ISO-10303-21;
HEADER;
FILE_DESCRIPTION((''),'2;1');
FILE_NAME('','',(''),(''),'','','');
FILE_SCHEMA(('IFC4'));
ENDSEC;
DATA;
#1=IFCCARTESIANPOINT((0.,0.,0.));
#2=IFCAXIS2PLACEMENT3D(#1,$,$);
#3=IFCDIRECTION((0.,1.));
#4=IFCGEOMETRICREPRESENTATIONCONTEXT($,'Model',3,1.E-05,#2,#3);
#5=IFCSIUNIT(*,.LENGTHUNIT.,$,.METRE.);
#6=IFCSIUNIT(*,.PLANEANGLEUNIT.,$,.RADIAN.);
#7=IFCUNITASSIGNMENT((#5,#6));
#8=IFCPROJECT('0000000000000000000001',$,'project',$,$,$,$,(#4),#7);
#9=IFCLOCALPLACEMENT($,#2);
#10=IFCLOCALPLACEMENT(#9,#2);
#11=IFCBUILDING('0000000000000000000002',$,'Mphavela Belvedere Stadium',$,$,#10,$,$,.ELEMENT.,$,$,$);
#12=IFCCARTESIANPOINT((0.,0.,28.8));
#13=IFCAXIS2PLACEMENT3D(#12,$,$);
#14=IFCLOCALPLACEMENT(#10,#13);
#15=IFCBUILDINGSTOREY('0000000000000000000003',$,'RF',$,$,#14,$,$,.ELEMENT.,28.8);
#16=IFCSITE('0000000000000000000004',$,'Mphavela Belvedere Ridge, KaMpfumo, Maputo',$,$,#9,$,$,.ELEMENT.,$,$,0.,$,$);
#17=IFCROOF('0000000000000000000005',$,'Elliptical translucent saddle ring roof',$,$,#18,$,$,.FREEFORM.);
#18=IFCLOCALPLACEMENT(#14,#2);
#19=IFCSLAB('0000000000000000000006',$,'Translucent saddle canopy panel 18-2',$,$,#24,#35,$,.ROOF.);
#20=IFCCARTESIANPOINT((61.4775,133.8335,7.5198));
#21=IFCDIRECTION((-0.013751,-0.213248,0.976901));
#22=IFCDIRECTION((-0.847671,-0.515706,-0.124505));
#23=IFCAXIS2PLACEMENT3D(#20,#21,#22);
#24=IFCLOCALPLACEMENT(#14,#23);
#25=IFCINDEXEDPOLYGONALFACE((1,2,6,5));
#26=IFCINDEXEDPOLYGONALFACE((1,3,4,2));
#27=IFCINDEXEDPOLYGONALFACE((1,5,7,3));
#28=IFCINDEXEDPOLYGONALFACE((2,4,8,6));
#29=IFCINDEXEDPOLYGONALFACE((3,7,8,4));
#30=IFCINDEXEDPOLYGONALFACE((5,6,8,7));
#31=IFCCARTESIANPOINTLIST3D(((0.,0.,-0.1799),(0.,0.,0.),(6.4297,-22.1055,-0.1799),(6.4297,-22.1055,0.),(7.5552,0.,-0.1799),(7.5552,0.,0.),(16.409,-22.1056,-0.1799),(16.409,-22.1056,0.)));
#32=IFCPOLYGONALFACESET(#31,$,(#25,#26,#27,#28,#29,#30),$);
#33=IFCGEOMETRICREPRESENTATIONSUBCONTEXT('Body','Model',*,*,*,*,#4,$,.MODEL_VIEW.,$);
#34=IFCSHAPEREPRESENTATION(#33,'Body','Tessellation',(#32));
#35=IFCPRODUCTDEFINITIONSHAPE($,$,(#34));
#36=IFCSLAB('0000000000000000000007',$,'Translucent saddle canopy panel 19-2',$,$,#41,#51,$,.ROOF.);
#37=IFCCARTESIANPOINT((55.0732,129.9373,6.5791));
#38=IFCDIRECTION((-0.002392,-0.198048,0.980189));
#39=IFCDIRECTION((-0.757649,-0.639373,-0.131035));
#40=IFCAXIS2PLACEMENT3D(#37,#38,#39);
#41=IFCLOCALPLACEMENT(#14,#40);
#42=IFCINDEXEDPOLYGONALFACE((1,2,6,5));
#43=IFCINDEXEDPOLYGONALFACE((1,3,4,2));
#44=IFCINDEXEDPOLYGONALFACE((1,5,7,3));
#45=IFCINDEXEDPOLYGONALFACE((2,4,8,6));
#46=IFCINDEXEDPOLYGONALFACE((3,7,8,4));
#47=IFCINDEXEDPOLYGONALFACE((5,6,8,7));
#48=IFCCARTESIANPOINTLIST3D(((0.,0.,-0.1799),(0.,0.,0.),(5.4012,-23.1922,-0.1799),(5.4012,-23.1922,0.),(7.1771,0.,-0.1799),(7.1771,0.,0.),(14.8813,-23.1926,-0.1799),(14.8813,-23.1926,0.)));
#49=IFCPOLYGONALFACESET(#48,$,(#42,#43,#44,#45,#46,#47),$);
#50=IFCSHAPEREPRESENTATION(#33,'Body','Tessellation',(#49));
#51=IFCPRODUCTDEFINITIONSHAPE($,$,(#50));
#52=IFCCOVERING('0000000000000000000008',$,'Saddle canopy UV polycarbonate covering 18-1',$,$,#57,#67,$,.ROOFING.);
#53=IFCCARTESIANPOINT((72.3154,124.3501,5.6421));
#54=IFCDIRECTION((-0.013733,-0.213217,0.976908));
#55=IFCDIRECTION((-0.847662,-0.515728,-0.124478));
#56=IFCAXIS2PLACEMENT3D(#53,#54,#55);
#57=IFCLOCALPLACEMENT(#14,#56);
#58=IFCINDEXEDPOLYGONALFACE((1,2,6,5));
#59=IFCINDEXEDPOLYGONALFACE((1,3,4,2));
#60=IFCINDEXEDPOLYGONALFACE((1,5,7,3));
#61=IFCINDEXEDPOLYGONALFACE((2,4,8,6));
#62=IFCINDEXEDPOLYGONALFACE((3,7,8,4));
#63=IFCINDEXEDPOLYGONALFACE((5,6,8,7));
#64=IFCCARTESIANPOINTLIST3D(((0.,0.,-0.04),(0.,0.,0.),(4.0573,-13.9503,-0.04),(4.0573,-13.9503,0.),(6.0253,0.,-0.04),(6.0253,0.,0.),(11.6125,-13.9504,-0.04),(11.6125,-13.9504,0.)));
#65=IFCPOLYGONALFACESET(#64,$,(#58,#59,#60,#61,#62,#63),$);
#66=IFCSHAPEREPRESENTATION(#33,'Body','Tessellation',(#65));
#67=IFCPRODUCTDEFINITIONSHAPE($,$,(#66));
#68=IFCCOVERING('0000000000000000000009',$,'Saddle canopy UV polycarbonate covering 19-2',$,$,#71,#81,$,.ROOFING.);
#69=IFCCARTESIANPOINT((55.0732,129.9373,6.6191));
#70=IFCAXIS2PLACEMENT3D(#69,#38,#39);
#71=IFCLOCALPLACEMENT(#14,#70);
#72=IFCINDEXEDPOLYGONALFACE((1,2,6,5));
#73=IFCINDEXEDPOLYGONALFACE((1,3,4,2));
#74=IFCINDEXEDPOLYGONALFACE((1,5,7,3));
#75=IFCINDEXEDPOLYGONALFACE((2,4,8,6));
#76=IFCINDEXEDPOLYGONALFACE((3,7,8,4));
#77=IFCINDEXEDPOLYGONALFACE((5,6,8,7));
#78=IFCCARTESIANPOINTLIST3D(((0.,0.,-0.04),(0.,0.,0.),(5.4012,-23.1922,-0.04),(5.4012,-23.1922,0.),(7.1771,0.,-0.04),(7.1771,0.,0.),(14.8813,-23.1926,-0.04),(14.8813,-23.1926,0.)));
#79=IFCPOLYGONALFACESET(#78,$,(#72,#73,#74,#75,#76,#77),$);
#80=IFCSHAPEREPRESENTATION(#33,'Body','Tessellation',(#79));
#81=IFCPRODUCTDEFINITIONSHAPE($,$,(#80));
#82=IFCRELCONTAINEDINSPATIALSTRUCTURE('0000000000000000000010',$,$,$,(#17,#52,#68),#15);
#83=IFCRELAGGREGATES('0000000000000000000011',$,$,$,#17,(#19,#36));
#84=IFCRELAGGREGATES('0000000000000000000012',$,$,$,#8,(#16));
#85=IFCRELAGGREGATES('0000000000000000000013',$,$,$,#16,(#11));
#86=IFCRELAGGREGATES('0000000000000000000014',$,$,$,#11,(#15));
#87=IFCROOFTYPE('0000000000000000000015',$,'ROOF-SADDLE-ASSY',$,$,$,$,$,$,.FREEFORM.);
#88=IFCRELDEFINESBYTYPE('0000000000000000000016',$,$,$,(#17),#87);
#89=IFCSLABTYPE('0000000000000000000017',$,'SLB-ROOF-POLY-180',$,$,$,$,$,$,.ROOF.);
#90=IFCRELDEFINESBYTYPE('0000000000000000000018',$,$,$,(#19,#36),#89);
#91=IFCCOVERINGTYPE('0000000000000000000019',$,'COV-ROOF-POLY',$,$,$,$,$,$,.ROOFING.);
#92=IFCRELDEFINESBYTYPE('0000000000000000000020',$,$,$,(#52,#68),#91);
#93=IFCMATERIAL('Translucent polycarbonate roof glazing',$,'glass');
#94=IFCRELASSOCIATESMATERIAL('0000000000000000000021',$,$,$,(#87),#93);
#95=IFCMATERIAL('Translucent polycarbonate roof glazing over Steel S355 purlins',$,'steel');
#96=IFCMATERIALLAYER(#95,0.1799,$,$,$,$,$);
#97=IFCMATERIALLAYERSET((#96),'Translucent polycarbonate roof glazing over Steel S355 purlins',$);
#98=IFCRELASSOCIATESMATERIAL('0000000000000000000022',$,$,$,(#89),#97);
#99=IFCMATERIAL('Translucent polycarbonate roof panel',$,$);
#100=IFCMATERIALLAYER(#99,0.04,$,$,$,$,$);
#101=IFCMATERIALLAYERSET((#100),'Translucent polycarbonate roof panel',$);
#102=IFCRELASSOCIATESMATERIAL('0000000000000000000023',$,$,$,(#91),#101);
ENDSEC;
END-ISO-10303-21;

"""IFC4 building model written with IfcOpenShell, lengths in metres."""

from ifc_helpers import new_model, si_unit, direction, frame, origin, place, context, subcontext, project, spatial, polyline, outline, extrude, material, layer, layer_set, type_object, element, aggregate, save


model = new_model("IFC4")

# Units and contexts
model_context = context("Model", 3, precision=1e-05, world=origin(), true_north=direction((0.0, 1.0)))
body_context = subcontext(model_context, "Body", "Model", "MODEL_VIEW")
ifc_project = project(units=[si_unit("LENGTHUNIT", "METRE"), si_unit("PLANEANGLEUNIT", "RADIAN")], contexts=[model_context])

# Site, building, storey
site_placement = place(None, origin())
site = spatial("IfcSite", under=ifc_project, at=site_placement, Name="Mphavela Belvedere Ridge, KaMpfumo, Maputo", CompositionType="ELEMENT", RefElevation=0.0)
building_placement = place(site_placement, origin())
building = spatial("IfcBuilding", under=site, at=building_placement, Name="Mphavela Belvedere Stadium", CompositionType="ELEMENT")
storey_placement = place(building_placement, frame((0.0, 0.0, 28.8)))
storey = spatial("IfcBuildingStorey", under=building, at=storey_placement, Name="RF", CompositionType="ELEMENT", Elevation=28.8)

# Roof, slabs
ifc_material_1 = material(Name="Translucent polycarbonate roof glazing", Category="glass")
roof_type = type_object("IfcRoofType", Name="ROOF-SADDLE-ASSY", PredefinedType="FREEFORM", material=ifc_material_1)
roof_placement = place(storey_placement, origin())
roof = element("IfcRoof", 1, at=roof_placement, inside=storey, type_object=roof_type, Name="Elliptical translucent saddle ring roof", PredefinedType="FREEFORM")
ifc_material_2 = material(Name="Translucent polycarbonate roof glazing over Steel S355 purlins", Category="steel")
ifc_layer_1 = layer(ifc_material_2, 0.1799)
ifc_layer_set_1 = layer_set([ifc_layer_1], Name="Translucent polycarbonate roof glazing over Steel S355 purlins")
slab_type = type_object("IfcSlabType", Name="SLB-ROOF-POLY-180", PredefinedType="ROOF", material=ifc_layer_set_1)
slab_1_placement = place(storey_placement, frame((61.4775, 133.8335, 7.5198), z_axis=(-0.013751, -0.213248, 0.976901), x_axis=(-0.847671, -0.515706, -0.124505)))
slab_1 = element("IfcSlab", 2, at=slab_1_placement, type_object=slab_type, Name="Translucent saddle canopy panel 18-2", PredefinedType="ROOF", context=body_context, shape_type="SweptSolid", body=[
    extrude(outline(polyline([(0.0, 0.0), (7.5552, 0.0), (16.409, -22.1056), (6.4297, -22.1055), (0.0, 0.0)])), origin(), (0.0, 0.0, -1.0), 0.1799),
])
slab_2_placement = place(storey_placement, frame((55.0732, 129.9373, 6.5791), z_axis=(-0.002392, -0.198048, 0.980189), x_axis=(-0.757649, -0.639373, -0.131035)))
slab_2 = element("IfcSlab", 3, at=slab_2_placement, type_object=slab_type, Name="Translucent saddle canopy panel 19-2", PredefinedType="ROOF", context=body_context, shape_type="SweptSolid", body=[
    extrude(outline(polyline([(0.0, 0.0), (7.1771, 0.0), (14.8813, -23.1926), (5.4012, -23.1922), (0.0, 0.0)])), origin(), (0.0, 0.0, -1.0), 0.1799),
])
aggregate(roof, [slab_1, slab_2])

# Coverings
ifc_material_3 = material(Name="Translucent polycarbonate roof panel")
ifc_layer_2 = layer(ifc_material_3, 0.04)
ifc_layer_set_2 = layer_set([ifc_layer_2], Name="Translucent polycarbonate roof panel")
covering_type = type_object("IfcCoveringType", Name="COV-ROOF-POLY", PredefinedType="ROOFING", material=ifc_layer_set_2)
covering_1_placement = place(storey_placement, frame((72.3154, 124.3501, 5.6421), z_axis=(-0.013733, -0.213217, 0.976908), x_axis=(-0.847662, -0.515728, -0.124478)))
element("IfcCovering", 4, at=covering_1_placement, inside=storey, type_object=covering_type, Name="Saddle canopy UV polycarbonate covering 18-1", PredefinedType="ROOFING", context=body_context, shape_type="SweptSolid", body=[
    extrude(outline(polyline([(0.0, 0.0), (6.0253, 0.0), (11.6125, -13.9504), (4.0573, -13.9503), (0.0, 0.0)])), origin(), (0.0, 0.0, -1.0), 0.04),
])
covering_2_placement = place(storey_placement, frame((55.0732, 129.9373, 6.6191), z_axis=(-0.002392, -0.198048, 0.980189), x_axis=(-0.757649, -0.639373, -0.131035)))
element("IfcCovering", 5, at=covering_2_placement, inside=storey, type_object=covering_type, Name="Saddle canopy UV polycarbonate covering 19-2", PredefinedType="ROOFING", context=body_context, shape_type="SweptSolid", body=[
    extrude(outline(polyline([(0.0, 0.0), (7.1771, 0.0), (14.8813, -23.1926), (5.4012, -23.1922), (0.0, 0.0)])), origin(), (0.0, 0.0, -1.0), 0.04),
])

save(model, "model.ifc")
